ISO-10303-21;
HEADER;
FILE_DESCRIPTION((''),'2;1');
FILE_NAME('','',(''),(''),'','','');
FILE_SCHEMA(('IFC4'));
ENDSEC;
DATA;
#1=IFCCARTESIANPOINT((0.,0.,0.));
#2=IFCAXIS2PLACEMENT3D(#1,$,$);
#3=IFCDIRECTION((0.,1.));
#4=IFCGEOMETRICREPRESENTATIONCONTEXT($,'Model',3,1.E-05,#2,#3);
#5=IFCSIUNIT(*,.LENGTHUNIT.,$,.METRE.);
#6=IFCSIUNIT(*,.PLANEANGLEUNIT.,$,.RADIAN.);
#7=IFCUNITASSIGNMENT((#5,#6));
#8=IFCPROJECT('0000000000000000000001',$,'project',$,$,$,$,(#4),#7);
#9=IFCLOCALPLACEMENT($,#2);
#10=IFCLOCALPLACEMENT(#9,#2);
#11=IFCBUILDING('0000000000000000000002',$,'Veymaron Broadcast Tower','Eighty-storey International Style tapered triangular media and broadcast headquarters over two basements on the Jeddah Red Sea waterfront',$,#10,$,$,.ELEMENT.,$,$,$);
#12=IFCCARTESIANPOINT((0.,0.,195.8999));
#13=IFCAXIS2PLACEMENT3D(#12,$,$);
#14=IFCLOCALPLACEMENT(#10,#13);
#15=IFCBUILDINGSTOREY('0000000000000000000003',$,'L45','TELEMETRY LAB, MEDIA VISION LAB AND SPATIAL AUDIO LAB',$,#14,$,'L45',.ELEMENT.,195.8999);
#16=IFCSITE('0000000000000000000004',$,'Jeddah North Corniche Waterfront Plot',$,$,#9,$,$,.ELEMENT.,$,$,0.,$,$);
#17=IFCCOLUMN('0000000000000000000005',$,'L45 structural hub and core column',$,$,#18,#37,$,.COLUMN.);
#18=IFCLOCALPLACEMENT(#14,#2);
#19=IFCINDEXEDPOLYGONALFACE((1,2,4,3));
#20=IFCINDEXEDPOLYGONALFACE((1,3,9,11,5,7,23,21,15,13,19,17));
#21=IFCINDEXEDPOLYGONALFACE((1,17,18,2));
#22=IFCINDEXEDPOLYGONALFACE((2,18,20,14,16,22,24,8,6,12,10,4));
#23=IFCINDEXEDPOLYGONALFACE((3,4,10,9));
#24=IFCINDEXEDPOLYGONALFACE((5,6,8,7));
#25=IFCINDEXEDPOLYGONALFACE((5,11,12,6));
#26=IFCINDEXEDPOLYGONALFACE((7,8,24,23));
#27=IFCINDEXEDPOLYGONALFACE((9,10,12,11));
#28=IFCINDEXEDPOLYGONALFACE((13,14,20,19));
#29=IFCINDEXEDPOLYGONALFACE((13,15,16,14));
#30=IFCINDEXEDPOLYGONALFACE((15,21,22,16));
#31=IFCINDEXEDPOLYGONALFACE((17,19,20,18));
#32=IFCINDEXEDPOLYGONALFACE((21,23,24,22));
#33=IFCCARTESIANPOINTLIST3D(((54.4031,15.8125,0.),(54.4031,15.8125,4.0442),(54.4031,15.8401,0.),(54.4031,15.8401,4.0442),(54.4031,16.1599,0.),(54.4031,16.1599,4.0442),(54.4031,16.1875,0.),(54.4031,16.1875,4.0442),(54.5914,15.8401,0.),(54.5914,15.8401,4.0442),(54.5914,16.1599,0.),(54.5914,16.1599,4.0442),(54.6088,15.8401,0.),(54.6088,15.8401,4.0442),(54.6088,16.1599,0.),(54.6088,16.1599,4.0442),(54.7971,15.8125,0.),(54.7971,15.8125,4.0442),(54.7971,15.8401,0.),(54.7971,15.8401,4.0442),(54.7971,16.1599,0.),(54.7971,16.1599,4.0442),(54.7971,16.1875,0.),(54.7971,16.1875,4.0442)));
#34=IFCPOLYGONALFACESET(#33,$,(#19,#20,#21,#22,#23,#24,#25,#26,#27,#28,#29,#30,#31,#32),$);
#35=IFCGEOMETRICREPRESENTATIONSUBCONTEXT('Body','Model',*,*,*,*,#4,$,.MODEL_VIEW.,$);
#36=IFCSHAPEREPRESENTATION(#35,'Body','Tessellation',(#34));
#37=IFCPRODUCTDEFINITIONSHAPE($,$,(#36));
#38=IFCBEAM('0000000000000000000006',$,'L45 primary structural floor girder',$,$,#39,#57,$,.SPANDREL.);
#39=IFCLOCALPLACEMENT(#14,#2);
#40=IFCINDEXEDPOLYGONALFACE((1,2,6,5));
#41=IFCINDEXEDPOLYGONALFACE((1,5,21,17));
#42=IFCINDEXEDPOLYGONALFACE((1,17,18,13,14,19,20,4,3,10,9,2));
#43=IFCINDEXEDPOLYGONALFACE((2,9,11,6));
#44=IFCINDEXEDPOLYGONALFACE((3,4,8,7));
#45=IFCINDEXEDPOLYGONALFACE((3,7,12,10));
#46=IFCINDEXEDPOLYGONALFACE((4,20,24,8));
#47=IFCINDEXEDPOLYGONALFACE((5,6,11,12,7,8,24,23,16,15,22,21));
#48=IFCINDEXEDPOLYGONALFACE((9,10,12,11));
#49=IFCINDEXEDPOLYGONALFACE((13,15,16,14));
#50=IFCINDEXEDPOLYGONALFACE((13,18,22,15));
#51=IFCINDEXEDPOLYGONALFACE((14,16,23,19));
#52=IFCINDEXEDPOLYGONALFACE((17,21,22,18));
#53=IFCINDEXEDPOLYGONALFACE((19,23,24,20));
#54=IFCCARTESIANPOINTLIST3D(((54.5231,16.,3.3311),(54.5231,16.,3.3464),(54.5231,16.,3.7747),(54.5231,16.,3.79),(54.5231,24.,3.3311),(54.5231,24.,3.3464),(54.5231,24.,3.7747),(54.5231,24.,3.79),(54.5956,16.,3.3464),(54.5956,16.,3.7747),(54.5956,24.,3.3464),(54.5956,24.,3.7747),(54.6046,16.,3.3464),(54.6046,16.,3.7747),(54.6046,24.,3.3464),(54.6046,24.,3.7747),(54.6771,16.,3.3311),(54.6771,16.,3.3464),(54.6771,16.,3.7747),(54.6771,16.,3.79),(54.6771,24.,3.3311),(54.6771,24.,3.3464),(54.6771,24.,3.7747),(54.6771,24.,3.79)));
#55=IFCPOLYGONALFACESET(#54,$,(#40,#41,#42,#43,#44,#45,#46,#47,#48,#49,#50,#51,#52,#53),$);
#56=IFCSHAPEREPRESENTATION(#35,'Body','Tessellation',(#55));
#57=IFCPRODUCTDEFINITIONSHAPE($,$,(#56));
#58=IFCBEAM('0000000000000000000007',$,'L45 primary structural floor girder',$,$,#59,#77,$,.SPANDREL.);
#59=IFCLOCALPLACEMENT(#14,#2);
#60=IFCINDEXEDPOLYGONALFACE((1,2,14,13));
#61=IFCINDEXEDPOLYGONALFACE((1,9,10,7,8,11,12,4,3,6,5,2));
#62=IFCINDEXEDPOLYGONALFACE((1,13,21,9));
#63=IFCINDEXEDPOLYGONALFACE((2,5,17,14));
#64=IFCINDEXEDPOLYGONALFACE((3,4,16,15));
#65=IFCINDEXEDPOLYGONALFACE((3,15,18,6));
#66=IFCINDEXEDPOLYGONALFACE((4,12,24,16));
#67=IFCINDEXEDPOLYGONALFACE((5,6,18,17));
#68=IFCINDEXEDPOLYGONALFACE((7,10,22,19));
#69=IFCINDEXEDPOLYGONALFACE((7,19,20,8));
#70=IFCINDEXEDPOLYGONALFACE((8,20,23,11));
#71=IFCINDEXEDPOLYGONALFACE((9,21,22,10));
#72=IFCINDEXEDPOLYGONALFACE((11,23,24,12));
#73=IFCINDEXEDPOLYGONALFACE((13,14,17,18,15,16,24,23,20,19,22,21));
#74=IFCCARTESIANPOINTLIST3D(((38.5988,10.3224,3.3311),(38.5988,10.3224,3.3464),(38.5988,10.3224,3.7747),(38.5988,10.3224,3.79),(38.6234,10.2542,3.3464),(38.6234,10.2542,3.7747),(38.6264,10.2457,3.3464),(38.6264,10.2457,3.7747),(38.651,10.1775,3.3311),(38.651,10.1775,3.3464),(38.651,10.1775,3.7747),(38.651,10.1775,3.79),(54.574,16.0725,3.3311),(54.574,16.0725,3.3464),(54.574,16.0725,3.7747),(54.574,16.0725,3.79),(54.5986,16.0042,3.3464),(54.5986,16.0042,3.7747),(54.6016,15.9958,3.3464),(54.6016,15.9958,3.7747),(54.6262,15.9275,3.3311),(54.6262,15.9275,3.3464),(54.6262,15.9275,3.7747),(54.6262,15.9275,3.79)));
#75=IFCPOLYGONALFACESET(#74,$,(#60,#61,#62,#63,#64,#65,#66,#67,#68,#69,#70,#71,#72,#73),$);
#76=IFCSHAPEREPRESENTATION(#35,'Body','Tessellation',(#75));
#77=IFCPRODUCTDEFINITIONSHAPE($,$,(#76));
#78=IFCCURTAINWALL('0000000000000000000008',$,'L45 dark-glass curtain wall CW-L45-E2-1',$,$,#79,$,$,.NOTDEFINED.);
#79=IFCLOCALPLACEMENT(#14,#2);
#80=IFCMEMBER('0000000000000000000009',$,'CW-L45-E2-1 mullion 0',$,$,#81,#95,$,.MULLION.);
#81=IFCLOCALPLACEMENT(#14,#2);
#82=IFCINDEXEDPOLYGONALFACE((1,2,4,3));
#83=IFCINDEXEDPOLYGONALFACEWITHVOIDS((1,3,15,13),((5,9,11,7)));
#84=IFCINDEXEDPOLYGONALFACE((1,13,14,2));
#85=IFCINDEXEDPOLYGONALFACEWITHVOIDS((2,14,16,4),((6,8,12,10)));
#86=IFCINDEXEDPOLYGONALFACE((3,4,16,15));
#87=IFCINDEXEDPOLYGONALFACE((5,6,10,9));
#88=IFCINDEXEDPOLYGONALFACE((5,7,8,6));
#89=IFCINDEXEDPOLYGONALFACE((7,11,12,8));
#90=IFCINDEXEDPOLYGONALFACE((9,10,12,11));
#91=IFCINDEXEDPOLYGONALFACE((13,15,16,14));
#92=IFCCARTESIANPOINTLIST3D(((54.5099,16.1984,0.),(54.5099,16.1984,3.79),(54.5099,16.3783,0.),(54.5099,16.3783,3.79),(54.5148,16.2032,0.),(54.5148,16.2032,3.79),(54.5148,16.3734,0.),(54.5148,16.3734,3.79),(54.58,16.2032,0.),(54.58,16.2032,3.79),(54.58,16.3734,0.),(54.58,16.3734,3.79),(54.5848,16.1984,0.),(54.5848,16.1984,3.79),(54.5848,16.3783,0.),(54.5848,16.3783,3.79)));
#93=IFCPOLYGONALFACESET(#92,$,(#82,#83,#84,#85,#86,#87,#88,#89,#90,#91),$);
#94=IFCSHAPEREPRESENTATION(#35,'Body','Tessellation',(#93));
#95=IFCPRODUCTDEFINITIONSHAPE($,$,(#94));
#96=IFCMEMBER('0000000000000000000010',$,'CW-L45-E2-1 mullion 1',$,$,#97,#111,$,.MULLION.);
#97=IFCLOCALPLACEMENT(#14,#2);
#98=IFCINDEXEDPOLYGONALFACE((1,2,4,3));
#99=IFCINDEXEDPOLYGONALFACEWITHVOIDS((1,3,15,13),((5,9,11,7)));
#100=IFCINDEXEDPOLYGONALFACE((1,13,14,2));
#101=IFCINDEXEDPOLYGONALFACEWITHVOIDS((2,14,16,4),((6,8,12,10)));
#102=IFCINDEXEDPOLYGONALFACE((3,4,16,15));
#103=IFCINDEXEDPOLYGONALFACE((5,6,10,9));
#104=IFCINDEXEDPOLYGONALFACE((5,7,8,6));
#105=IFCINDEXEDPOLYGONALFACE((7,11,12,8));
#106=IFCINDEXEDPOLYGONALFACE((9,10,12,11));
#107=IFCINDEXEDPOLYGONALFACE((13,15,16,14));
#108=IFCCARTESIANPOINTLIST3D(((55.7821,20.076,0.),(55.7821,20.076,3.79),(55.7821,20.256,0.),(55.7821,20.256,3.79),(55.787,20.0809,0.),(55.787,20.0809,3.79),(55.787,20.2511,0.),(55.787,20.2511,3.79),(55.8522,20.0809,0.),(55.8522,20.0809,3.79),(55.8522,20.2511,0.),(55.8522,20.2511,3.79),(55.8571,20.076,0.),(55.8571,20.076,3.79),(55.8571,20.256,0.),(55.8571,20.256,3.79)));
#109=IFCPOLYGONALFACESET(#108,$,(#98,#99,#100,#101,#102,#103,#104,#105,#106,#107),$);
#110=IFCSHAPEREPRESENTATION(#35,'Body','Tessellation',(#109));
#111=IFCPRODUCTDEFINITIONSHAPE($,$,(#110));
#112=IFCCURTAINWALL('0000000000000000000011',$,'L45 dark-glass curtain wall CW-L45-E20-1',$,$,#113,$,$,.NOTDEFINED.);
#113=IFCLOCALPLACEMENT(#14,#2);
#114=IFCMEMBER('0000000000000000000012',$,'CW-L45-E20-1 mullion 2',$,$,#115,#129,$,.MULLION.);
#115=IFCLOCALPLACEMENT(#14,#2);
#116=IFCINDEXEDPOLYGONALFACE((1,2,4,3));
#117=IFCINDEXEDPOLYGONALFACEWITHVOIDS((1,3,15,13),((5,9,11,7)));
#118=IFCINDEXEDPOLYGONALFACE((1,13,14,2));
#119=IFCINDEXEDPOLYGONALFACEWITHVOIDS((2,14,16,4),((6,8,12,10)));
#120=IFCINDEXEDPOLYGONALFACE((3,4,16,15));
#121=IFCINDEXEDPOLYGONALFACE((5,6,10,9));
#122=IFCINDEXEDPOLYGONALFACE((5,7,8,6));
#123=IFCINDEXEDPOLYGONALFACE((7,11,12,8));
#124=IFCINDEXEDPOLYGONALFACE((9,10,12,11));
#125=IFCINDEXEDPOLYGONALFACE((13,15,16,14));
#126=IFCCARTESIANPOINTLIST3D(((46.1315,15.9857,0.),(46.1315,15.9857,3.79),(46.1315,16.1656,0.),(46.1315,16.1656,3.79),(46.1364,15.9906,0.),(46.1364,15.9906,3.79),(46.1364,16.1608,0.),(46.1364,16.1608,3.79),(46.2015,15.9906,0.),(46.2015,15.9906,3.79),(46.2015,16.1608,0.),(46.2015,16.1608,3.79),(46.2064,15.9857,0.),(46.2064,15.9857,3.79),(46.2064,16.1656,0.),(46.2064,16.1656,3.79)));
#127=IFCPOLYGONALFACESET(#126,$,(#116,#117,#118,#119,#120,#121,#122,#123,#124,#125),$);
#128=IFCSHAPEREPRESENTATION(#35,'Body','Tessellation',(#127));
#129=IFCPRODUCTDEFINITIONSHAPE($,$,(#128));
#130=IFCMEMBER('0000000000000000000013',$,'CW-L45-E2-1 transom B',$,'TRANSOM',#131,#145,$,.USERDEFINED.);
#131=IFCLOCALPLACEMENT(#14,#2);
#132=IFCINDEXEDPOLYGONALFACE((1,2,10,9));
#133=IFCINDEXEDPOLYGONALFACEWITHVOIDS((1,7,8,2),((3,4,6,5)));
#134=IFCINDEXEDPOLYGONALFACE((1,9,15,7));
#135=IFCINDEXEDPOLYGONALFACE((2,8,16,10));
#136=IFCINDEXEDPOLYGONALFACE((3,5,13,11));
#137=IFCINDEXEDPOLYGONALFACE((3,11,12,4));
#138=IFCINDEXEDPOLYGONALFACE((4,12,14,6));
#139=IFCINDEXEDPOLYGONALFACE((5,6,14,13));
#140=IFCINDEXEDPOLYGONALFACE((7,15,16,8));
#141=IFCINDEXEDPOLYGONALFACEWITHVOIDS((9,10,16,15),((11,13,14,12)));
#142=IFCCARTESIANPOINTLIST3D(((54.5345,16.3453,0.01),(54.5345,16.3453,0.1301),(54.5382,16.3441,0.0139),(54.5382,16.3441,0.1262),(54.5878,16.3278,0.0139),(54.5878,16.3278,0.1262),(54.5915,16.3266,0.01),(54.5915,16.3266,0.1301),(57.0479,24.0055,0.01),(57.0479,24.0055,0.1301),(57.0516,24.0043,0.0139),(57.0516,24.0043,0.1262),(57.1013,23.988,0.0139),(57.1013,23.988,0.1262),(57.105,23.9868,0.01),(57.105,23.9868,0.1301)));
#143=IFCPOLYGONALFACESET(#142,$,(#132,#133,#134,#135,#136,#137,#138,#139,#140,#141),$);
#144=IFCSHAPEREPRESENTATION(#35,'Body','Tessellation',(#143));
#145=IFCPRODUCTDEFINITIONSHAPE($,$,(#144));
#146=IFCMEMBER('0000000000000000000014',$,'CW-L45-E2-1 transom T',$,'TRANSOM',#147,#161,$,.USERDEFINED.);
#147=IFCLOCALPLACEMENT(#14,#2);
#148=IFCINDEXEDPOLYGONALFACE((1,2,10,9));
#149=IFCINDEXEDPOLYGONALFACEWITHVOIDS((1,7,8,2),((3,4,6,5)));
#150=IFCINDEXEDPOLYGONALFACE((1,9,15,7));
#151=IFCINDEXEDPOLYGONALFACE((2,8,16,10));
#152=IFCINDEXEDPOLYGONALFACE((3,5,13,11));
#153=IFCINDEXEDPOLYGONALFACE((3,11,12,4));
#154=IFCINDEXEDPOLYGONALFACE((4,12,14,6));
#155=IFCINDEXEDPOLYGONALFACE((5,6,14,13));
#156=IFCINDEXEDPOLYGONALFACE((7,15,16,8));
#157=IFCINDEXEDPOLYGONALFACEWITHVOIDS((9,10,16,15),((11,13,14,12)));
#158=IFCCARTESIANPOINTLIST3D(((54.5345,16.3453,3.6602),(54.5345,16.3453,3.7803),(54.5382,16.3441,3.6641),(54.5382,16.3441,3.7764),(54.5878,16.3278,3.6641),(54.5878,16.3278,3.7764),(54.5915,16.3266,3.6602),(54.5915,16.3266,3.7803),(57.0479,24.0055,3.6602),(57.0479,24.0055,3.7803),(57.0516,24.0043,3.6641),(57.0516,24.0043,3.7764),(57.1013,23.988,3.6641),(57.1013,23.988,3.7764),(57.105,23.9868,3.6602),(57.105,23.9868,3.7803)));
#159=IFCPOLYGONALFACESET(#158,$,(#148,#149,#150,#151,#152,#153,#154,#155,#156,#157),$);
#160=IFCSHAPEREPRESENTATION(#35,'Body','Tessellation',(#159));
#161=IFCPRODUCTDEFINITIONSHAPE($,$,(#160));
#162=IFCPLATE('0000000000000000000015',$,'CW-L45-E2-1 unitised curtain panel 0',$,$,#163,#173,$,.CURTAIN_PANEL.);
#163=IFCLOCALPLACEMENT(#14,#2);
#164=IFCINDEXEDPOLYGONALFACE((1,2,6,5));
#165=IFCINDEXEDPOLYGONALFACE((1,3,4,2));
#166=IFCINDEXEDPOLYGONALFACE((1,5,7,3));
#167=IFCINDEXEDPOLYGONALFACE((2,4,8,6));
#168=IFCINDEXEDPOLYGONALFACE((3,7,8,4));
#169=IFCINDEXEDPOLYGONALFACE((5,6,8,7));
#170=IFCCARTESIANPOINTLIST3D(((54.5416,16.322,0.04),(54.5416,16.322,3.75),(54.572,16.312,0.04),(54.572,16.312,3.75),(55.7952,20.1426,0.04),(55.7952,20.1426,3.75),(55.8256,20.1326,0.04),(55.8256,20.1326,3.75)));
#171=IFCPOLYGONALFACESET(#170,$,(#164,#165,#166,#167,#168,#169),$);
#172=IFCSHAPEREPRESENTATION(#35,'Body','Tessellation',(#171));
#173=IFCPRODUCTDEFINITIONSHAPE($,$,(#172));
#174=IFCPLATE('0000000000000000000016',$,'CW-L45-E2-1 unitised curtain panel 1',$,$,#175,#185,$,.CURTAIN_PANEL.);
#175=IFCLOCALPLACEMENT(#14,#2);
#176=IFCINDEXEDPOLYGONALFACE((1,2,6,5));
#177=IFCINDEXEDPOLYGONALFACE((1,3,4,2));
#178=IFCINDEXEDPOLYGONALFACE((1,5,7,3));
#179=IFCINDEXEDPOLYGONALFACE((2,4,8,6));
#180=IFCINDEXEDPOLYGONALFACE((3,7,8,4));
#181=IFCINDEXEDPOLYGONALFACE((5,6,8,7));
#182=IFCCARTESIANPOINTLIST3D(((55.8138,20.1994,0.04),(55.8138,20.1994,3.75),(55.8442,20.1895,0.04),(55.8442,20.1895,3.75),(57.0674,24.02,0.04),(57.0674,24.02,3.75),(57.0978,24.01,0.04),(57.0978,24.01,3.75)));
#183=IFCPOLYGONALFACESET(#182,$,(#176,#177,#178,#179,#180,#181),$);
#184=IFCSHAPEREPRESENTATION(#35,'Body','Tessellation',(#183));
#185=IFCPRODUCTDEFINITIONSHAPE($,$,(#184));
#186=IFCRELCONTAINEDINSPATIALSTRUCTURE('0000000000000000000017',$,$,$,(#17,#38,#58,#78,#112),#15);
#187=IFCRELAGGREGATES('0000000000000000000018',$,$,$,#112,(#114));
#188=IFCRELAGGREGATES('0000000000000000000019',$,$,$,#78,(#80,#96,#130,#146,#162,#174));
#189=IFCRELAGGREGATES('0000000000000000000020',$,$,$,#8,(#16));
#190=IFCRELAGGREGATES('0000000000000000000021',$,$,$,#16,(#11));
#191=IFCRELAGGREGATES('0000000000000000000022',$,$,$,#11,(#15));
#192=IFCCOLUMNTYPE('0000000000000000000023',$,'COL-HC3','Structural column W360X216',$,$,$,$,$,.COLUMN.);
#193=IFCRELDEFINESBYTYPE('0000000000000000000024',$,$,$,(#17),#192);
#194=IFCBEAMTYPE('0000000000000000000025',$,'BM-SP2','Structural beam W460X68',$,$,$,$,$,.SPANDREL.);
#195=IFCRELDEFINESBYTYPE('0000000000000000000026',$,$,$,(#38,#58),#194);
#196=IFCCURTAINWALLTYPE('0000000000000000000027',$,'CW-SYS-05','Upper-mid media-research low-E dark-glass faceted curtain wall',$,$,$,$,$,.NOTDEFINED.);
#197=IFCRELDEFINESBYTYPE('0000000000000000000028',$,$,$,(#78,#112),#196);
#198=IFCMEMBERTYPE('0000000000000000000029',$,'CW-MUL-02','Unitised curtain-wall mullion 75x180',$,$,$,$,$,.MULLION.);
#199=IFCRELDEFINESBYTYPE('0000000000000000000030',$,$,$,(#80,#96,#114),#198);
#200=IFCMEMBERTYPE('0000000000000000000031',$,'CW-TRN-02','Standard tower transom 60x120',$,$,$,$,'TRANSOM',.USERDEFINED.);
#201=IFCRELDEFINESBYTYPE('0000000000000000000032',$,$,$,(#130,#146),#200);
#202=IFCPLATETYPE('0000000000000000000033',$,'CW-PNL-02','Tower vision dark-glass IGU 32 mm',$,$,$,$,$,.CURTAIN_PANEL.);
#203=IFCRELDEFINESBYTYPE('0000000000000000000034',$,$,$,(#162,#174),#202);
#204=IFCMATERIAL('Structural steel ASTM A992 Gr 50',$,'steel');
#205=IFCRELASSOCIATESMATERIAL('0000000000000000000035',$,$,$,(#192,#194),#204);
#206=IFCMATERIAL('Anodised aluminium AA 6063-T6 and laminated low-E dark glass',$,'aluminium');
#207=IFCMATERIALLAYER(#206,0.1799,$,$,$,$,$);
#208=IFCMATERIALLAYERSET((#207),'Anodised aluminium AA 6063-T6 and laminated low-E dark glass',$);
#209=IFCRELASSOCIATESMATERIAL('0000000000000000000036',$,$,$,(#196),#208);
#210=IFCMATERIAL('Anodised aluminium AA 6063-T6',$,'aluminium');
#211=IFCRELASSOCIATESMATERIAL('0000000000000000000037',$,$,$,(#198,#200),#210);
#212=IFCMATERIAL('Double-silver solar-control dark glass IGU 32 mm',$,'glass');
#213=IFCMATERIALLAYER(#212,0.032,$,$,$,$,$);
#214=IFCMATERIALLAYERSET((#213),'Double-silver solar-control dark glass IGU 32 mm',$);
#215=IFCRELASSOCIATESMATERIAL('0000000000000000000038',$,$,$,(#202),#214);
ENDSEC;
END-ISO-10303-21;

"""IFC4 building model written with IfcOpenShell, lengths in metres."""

from ifc_helpers import new_model, si_unit, direction, frame, origin, origin_2d, place, context, subcontext, project, spatial, rectangle, hollow_rectangle, i_section, extrude, material, layer, layer_set, material_profile, profile_set, type_object, element, aggregate, save


model = new_model("IFC4")

# Units and contexts
model_context = context("Model", 3, precision=1e-05, world=origin(), true_north=direction((0.0, 1.0)))
body_context = subcontext(model_context, "Body", "Model", "MODEL_VIEW")
ifc_project = project(units=[si_unit("LENGTHUNIT", "METRE"), si_unit("PLANEANGLEUNIT", "RADIAN")], contexts=[model_context])

# Site, building, storey
site_placement = place(None, origin())
site = spatial("IfcSite", under=ifc_project, at=site_placement, Name="Jeddah North Corniche Waterfront Plot", CompositionType="ELEMENT", RefElevation=0.0)
building_placement = place(site_placement, origin())
building = spatial("IfcBuilding", under=site, at=building_placement, Name="Veymaron Broadcast Tower", Description="Eighty-storey International Style tapered triangular media and broadcast headquarters over two basements on the Jeddah Red Sea waterfront", CompositionType="ELEMENT")
storey_placement = place(building_placement, frame((0.0, 0.0, 195.8999)))
storey = spatial("IfcBuildingStorey", under=building, at=storey_placement, Name="L45", Description="TELEMETRY LAB, MEDIA VISION LAB AND SPATIAL AUDIO LAB", LongName="L45", CompositionType="ELEMENT", Elevation=195.8999)

# Column
ifc_material_1 = material(Name="Structural steel ASTM A992 Gr 50", Category="steel")
ifc_material_profile_1 = material_profile(ifc_material_1, i_section(OverallWidth=0.394, OverallDepth=0.375, WebThickness=0.0173, FlangeThickness=0.0276, at=origin_2d()), Name="W360X216")
ifc_profile_set_1 = profile_set([ifc_material_profile_1], Name="Structural steel ASTM A992 Gr 50")
column_type = type_object("IfcColumnType", Name="COL-HC3", Description="Structural column W360X216", PredefinedType="COLUMN", material=ifc_profile_set_1)
column_placement = place(storey_placement, frame((54.6001, 16.0, 0.0), z_axis=(0.0, 0.0, 1.0), x_axis=(1.0, 0.0, 0.0)))
element("IfcColumn", 1, at=column_placement, inside=storey, type_object=column_type, Name="L45 structural hub and core column", PredefinedType="COLUMN", context=body_context, shape_type="SweptSolid", body=[
    extrude(i_section(OverallWidth=0.394, OverallDepth=0.375, WebThickness=0.0173, FlangeThickness=0.0276, at=origin_2d()), origin(), (0.0, 0.0, 1.0), 4.0442),
])

# Beams
ifc_material_profile_2 = material_profile(ifc_material_1, i_section(OverallWidth=0.1541, OverallDepth=0.459, WebThickness=0.009, FlangeThickness=0.0154, at=origin_2d()), Name="W460X68")
ifc_profile_set_2 = profile_set([ifc_material_profile_2], Name="Structural steel ASTM A992 Gr 50")
beam_type = type_object("IfcBeamType", Name="BM-SP2", Description="Structural beam W460X68", PredefinedType="SPANDREL", material=ifc_profile_set_2)
beam_1_placement = place(storey_placement, frame((54.6001, 16.0, 3.5605), z_axis=(0.0, 1.0, 0.0), x_axis=(-1.0, 0.0, 0.0)))
element("IfcBeam", 2, at=beam_1_placement, inside=storey, type_object=beam_type, Name="L45 primary structural floor girder", PredefinedType="SPANDREL", context=body_context, shape_type="SweptSolid", body=[
    extrude(i_section(OverallWidth=0.1541, OverallDepth=0.459, WebThickness=0.009, FlangeThickness=0.0154, at=origin_2d()), origin(), (0.0, 0.0, 1.0), 8.0),
])
beam_2_placement = place(storey_placement, frame((54.6001, 16.0, 3.5605), z_axis=(-0.940907, -0.338665, 0.0), x_axis=(0.338665, -0.940907, 0.0)))
element("IfcBeam", 3, at=beam_2_placement, inside=storey, type_object=beam_type, Name="L45 primary structural floor girder", PredefinedType="SPANDREL", context=body_context, shape_type="SweptSolid", body=[
    extrude(i_section(OverallWidth=0.1541, OverallDepth=0.459, WebThickness=0.009, FlangeThickness=0.0154, at=origin_2d()), origin(), (0.0, 0.0, 1.0), 16.9785),
])

# Curtain wall, members
ifc_material_2 = material(Name="Anodised aluminium AA 6063-T6 and laminated low-E dark glass", Category="aluminium")
ifc_layer_1 = layer(ifc_material_2, 0.1799)
ifc_layer_set_1 = layer_set([ifc_layer_1], Name="Anodised aluminium AA 6063-T6 and laminated low-E dark glass")
curtain_wall_type = type_object("IfcCurtainWallType", Name="CW-SYS-05", Description="Upper-mid media-research low-E dark-glass faceted curtain wall", PredefinedType="NOTDEFINED", material=ifc_layer_set_1)
curtain_wall_1_placement = place(storey_placement, origin())
curtain_wall_1 = element("IfcCurtainWall", 4, at=curtain_wall_1_placement, inside=storey, type_object=curtain_wall_type, Name="L45 dark-glass curtain wall CW-L45-E2-1", PredefinedType="NOTDEFINED")
ifc_material_3 = material(Name="Anodised aluminium AA 6063-T6", Category="aluminium")
ifc_material_profile_3 = material_profile(ifc_material_3, hollow_rectangle(XDim=0.075, YDim=0.1799, WallThickness=0.0049, at=origin_2d()), Name="AL180X75X5")
ifc_profile_set_3 = profile_set([ifc_material_profile_3], Name="Anodised aluminium AA 6063-T6")
member_type_1 = type_object("IfcMemberType", Name="CW-MUL-02", Description="Unitised curtain-wall mullion 75x180", PredefinedType="MULLION", material=ifc_profile_set_3)
member_1_placement = place(storey_placement, frame((54.5474, 16.2883, 0.0), z_axis=(0.0, 0.0, 1.0), x_axis=(1.0, 0.0, 0.0)))
member_1 = element("IfcMember", 5, at=member_1_placement, type_object=member_type_1, Name="CW-L45-E2-1 mullion 0", PredefinedType="MULLION", context=body_context, shape_type="SweptSolid", body=[
    extrude(hollow_rectangle(XDim=0.075, YDim=0.1799, WallThickness=0.0049, at=origin_2d()), origin(), (0.0, 0.0, 1.0), 3.79),
])
member_2_placement = place(storey_placement, frame((55.8196, 20.166, 0.0), z_axis=(0.0, 0.0, 1.0), x_axis=(1.0, 0.0, 0.0)))
member_2 = element("IfcMember", 6, at=member_2_placement, type_object=member_type_1, Name="CW-L45-E2-1 mullion 1", PredefinedType="MULLION", context=body_context, shape_type="SweptSolid", body=[
    extrude(hollow_rectangle(XDim=0.075, YDim=0.1799, WallThickness=0.0049, at=origin_2d()), origin(), (0.0, 0.0, 1.0), 3.79),
])

# Curtain wall, member
curtain_wall_2_placement = place(storey_placement, origin())
curtain_wall_2 = element("IfcCurtainWall", 7, at=curtain_wall_2_placement, inside=storey, type_object=curtain_wall_type, Name="L45 dark-glass curtain wall CW-L45-E20-1", PredefinedType="NOTDEFINED")
member_3_placement = place(storey_placement, frame((46.1689, 16.0757, 0.0), z_axis=(0.0, 0.0, 1.0), x_axis=(1.0, 0.0, 0.0)))
member_3 = element("IfcMember", 8, at=member_3_placement, type_object=member_type_1, Name="CW-L45-E20-1 mullion 2", PredefinedType="MULLION", context=body_context, shape_type="SweptSolid", body=[
    extrude(hollow_rectangle(XDim=0.075, YDim=0.1799, WallThickness=0.0049, at=origin_2d()), origin(), (0.0, 0.0, 1.0), 3.79),
])
aggregate(curtain_wall_2, [member_3])

# Members
ifc_material_profile_4 = material_profile(ifc_material_3, hollow_rectangle(XDim=0.0601, YDim=0.1201, WallThickness=0.0039, at=origin_2d()), Name="AL120X60X4")
ifc_profile_set_4 = profile_set([ifc_material_profile_4], Name="Anodised aluminium AA 6063-T6")
member_type_2 = type_object("IfcMemberType", Name="CW-TRN-02", Description="Standard tower transom 60x120", ElementType="TRANSOM", PredefinedType="USERDEFINED", material=ifc_profile_set_4)
member_4_placement = place(storey_placement, frame((54.563, 16.3359, 0.0701), z_axis=(0.311764, 0.95016, 0.0), x_axis=(-0.95016, 0.311764, 0.0)))
member_4 = element("IfcMember", 9, at=member_4_placement, type_object=member_type_2, Name="CW-L45-E2-1 transom B", ObjectType="TRANSOM", PredefinedType="USERDEFINED", context=body_context, shape_type="SweptSolid", body=[
    extrude(hollow_rectangle(XDim=0.0601, YDim=0.1201, WallThickness=0.0039, at=origin_2d()), origin(), (0.0, 0.0, 1.0), 8.062),
])
member_5_placement = place(storey_placement, frame((54.563, 16.3359, 3.7202), z_axis=(0.311764, 0.95016, 0.0), x_axis=(-0.95016, 0.311764, 0.0)))
member_5 = element("IfcMember", 10, at=member_5_placement, type_object=member_type_2, Name="CW-L45-E2-1 transom T", ObjectType="TRANSOM", PredefinedType="USERDEFINED", context=body_context, shape_type="SweptSolid", body=[
    extrude(hollow_rectangle(XDim=0.0601, YDim=0.1201, WallThickness=0.0039, at=origin_2d()), origin(), (0.0, 0.0, 1.0), 8.062),
])

# Plates
ifc_material_4 = material(Name="Double-silver solar-control dark glass IGU 32 mm", Category="glass")
ifc_layer_2 = layer(ifc_material_4, 0.032)
ifc_layer_set_2 = layer_set([ifc_layer_2], Name="Double-silver solar-control dark glass IGU 32 mm")
plate_type = type_object("IfcPlateType", Name="CW-PNL-02", Description="Tower vision dark-glass IGU 32 mm", PredefinedType="CURTAIN_PANEL", material=ifc_layer_set_2)
plate_1_placement = place(storey_placement, frame((55.1836, 18.2273, 0.04), z_axis=(0.0, 0.0, 1.0), x_axis=(0.311771, 0.950157, 0.0)))
plate_1 = element("IfcPlate", 11, at=plate_1_placement, type_object=plate_type, Name="CW-L45-E2-1 unitised curtain panel 0", PredefinedType="CURTAIN_PANEL", context=body_context, shape_type="SweptSolid", body=[
    extrude(rectangle(XDim=4.021, YDim=0.032, at=origin_2d()), origin(), (0.0, 0.0, 1.0), 3.71),
])
plate_2_placement = place(storey_placement, frame((56.4558, 22.1047, 0.04), z_axis=(0.0, 0.0, 1.0), x_axis=(0.311771, 0.950157, 0.0)))
plate_2 = element("IfcPlate", 12, at=plate_2_placement, type_object=plate_type, Name="CW-L45-E2-1 unitised curtain panel 1", PredefinedType="CURTAIN_PANEL", context=body_context, shape_type="SweptSolid", body=[
    extrude(rectangle(XDim=4.021, YDim=0.032, at=origin_2d()), origin(), (0.0, 0.0, 1.0), 3.71),
])
aggregate(curtain_wall_1, [member_1, member_2, member_4, member_5, plate_1, plate_2])

save(model, "model.ifc")
